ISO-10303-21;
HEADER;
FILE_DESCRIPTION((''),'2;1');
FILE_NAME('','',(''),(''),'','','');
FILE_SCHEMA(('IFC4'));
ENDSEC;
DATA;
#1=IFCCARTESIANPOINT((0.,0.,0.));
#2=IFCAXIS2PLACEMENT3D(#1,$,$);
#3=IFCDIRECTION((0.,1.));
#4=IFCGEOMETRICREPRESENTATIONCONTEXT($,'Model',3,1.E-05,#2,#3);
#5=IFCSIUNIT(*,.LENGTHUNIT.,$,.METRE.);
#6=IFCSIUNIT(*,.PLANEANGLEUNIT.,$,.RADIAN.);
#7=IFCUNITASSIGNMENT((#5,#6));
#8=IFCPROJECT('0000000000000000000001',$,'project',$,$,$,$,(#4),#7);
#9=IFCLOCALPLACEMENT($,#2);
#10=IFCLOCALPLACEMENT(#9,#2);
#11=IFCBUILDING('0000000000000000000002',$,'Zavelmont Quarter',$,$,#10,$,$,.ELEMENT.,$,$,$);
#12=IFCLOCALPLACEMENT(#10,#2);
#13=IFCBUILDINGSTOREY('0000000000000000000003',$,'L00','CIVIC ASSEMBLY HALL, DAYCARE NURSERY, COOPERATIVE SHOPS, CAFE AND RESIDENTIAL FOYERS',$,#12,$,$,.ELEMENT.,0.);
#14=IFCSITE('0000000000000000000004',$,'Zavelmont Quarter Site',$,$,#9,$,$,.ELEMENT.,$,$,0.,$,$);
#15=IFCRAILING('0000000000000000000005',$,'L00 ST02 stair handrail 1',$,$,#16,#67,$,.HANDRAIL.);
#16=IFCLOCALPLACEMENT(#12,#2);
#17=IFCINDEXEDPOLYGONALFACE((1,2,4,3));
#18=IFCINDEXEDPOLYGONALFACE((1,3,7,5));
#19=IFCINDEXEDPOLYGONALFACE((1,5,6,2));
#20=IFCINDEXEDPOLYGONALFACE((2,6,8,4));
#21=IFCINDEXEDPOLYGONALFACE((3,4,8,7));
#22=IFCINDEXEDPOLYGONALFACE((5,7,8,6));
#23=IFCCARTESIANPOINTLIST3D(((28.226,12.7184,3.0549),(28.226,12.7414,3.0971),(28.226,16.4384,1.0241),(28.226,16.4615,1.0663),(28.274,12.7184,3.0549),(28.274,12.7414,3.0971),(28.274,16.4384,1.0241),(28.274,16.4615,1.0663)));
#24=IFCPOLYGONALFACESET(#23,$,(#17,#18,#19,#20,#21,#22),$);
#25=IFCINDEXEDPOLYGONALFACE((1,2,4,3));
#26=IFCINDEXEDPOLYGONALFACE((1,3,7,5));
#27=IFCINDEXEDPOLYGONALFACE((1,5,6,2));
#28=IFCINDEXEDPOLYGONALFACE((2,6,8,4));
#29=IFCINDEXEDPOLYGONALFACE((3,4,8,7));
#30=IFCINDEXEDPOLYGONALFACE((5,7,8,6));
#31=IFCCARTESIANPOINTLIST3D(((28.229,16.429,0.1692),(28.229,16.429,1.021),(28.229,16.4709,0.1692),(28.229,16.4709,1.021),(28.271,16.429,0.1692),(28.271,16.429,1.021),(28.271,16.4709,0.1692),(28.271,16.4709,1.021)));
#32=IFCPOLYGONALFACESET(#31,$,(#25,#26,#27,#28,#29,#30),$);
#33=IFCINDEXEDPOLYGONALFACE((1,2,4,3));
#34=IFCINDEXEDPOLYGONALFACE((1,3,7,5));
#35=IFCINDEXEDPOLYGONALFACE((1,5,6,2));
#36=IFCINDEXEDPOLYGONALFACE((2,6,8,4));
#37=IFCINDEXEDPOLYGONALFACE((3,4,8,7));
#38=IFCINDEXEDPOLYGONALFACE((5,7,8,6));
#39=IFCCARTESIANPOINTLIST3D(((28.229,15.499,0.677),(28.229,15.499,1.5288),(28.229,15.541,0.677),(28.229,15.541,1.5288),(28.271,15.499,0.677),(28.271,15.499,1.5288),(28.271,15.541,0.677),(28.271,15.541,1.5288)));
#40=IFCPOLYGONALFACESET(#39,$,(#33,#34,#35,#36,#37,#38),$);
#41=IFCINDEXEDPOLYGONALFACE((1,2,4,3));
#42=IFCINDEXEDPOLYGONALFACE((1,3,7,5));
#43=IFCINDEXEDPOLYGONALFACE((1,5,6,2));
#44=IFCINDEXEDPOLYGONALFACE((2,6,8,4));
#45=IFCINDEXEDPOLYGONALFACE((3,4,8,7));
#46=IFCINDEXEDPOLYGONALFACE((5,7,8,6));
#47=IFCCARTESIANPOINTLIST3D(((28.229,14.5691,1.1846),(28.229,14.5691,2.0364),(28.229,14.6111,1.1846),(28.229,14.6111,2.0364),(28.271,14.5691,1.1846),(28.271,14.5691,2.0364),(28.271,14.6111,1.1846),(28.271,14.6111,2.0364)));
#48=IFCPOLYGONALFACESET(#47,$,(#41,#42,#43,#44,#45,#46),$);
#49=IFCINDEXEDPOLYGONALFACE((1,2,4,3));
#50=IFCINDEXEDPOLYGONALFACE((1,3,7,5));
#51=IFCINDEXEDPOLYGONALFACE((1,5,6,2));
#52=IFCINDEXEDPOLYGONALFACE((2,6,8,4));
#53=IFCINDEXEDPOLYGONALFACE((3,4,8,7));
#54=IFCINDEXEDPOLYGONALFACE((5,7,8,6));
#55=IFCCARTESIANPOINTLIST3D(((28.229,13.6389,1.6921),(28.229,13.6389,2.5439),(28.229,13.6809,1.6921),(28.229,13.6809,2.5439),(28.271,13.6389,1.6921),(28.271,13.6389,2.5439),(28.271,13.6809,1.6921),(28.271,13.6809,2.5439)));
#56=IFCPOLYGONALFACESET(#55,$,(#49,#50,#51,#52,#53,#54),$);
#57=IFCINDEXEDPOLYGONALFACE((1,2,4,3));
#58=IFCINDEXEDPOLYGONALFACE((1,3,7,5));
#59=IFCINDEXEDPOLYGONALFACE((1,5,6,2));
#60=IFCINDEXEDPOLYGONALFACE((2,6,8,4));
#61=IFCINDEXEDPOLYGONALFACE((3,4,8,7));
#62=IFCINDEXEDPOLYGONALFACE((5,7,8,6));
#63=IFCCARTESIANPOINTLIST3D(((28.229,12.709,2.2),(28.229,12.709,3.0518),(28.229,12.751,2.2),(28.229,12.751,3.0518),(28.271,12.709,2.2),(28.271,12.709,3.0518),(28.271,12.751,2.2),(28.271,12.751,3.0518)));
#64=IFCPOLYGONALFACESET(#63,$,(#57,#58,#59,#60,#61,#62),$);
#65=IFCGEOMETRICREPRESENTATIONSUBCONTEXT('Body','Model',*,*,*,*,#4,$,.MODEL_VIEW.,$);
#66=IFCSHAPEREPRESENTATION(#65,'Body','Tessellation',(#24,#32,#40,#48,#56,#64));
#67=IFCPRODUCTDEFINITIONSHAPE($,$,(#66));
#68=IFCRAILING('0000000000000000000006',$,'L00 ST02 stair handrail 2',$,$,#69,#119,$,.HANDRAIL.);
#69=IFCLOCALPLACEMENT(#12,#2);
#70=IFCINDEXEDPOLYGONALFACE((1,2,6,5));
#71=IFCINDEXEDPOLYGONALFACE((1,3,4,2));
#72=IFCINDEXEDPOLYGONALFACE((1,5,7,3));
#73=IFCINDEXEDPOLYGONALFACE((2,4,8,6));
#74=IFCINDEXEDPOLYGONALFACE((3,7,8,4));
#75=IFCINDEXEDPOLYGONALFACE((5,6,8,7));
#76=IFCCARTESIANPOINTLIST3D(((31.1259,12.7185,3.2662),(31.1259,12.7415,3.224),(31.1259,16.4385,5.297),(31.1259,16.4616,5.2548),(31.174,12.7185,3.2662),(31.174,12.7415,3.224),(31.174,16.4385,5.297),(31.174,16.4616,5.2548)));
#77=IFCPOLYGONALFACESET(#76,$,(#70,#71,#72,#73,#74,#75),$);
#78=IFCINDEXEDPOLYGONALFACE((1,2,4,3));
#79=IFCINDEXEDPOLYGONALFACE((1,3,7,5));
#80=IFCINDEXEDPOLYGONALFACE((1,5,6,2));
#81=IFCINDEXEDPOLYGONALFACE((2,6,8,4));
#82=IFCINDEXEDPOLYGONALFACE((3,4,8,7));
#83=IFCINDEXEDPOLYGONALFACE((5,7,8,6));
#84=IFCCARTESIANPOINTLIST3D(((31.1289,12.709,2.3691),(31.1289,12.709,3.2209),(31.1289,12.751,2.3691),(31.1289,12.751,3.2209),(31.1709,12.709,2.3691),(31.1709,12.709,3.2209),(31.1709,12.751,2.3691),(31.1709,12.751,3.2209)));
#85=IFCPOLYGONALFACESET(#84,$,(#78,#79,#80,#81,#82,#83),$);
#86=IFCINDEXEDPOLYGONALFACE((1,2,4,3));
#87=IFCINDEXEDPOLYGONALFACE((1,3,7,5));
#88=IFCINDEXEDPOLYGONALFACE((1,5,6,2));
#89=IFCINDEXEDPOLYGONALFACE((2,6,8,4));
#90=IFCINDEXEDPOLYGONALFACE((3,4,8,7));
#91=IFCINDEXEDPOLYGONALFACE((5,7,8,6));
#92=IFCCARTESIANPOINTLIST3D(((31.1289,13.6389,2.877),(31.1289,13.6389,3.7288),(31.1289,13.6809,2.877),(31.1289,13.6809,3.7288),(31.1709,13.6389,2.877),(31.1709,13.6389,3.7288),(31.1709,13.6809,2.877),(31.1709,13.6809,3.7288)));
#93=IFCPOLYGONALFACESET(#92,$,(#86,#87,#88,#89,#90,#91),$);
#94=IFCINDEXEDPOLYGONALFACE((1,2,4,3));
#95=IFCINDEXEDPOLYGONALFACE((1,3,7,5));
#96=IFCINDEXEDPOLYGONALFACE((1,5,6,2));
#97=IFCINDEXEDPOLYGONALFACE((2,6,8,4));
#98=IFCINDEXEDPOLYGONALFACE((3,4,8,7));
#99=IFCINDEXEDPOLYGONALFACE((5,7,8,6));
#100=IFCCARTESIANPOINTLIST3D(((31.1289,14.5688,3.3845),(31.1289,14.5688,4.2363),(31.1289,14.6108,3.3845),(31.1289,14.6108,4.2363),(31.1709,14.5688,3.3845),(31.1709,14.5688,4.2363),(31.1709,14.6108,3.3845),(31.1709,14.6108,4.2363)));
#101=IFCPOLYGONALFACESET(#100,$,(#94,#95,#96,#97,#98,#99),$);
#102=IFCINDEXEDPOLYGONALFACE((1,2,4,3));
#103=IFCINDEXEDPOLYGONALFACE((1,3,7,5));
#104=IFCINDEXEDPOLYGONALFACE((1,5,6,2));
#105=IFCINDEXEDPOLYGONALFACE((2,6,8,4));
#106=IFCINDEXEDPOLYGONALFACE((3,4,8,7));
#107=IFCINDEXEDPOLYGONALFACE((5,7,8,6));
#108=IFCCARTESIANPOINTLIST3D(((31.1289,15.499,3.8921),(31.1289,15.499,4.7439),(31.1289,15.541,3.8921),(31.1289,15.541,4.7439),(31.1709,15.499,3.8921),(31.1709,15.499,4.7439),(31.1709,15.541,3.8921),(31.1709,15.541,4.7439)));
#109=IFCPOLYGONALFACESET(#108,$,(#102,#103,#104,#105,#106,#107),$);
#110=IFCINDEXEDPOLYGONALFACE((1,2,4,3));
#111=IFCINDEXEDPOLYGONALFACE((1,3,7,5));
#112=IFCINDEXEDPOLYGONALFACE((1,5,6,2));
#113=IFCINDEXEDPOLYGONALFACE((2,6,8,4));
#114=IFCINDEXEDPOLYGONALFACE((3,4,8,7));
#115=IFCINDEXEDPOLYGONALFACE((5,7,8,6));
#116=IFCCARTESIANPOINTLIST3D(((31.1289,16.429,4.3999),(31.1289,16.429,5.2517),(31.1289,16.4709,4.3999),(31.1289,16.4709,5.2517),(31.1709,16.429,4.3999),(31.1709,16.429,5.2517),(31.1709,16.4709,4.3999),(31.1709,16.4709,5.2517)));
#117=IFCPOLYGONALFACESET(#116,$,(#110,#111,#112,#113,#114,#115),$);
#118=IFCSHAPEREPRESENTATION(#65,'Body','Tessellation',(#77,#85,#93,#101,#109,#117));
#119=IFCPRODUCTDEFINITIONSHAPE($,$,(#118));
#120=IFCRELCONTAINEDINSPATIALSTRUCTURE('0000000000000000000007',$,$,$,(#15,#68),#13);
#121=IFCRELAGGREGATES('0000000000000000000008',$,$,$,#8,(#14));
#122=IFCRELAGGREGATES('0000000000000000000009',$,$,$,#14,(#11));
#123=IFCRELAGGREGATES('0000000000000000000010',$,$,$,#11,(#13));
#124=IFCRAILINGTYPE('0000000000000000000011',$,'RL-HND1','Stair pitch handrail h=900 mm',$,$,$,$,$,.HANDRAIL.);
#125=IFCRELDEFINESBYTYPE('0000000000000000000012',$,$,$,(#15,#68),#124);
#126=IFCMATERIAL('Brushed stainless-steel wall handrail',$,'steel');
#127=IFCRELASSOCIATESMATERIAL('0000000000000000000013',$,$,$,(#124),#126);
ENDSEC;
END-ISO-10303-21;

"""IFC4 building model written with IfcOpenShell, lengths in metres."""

from ifc_helpers import new_model, si_unit, direction, frame, origin, origin_2d, place, context, subcontext, project, spatial, rectangle, extrude, material, type_object, element, save


model = new_model("IFC4")

# Units and contexts
model_context = context("Model", 3, precision=1e-05, world=origin(), true_north=direction((0.0, 1.0)))
body_context = subcontext(model_context, "Body", "Model", "MODEL_VIEW")
ifc_project = project(units=[si_unit("LENGTHUNIT", "METRE"), si_unit("PLANEANGLEUNIT", "RADIAN")], contexts=[model_context])

# Site, building, storey
site_placement = place(None, origin())
site = spatial("IfcSite", under=ifc_project, at=site_placement, Name="Zavelmont Quarter Site", CompositionType="ELEMENT", RefElevation=0.0)
building_placement = place(site_placement, origin())
building = spatial("IfcBuilding", under=site, at=building_placement, Name="Zavelmont Quarter", CompositionType="ELEMENT")
storey_placement = place(building_placement, origin())
storey = spatial("IfcBuildingStorey", under=building, at=storey_placement, Name="L00", Description="CIVIC ASSEMBLY HALL, DAYCARE NURSERY, COOPERATIVE SHOPS, CAFE AND RESIDENTIAL FOYERS", CompositionType="ELEMENT", Elevation=0.0)

# Railings
ifc_material_1 = material(Name="Brushed stainless-steel wall handrail", Category="steel")
railing_type_1 = type_object("IfcRailingType", Name="RL-HND1", Description="Stair pitch handrail h=900 mm", PredefinedType="HANDRAIL", material=ifc_material_1)
railing_1_placement = place(storey_placement, frame((28.25, 16.45, 0.1692)))
element("IfcRailing", 1, at=railing_1_placement, inside=storey, type_object=railing_type_1, Name="L00 ST02 stair handrail 1", PredefinedType="HANDRAIL", context=body_context, shape_type="SweptSolid", body=[
    extrude(rectangle(XDim=0.0481, YDim=0.0481, at=origin_2d()), frame((0.0, 0.0, 0.876), z_axis=(0.0, -0.877728, 0.479159), x_axis=(1.0, 0.0, 0.0)), (0.0, 0.0, 1.0), 4.2383),
    extrude(rectangle(XDim=0.042, YDim=0.042, at=origin_2d()), origin(), (0.0, 0.0, 1.0), 0.8518),
    extrude(rectangle(XDim=0.042, YDim=0.042, at=origin_2d()), frame((0.0, -0.9299, 0.5078)), (0.0, 0.0, 1.0), 0.8518),
    extrude(rectangle(XDim=0.042, YDim=0.042, at=origin_2d()), frame((0.0, -1.8599, 1.0154)), (0.0, 0.0, 1.0), 0.8518),
    extrude(rectangle(XDim=0.042, YDim=0.042, at=origin_2d()), frame((0.0, -2.79, 1.5229)), (0.0, 0.0, 1.0), 0.8518),
    extrude(rectangle(XDim=0.042, YDim=0.042, at=origin_2d()), frame((0.0, -3.72, 2.0308)), (0.0, 0.0, 1.0), 0.8518),
])
railing_2_placement = place(storey_placement, frame((31.1499, 12.73, 2.3691)))
element("IfcRailing", 2, at=railing_2_placement, inside=storey, type_object=railing_type_1, Name="L00 ST02 stair handrail 2", PredefinedType="HANDRAIL", context=body_context, shape_type="SweptSolid", body=[
    extrude(rectangle(XDim=0.0481, YDim=0.0481, at=origin_2d()), frame((0.0, 0.0, 0.876), z_axis=(0.0, 0.877728, 0.479159), x_axis=(-1.0, 0.0, 0.0)), (0.0, 0.0, 1.0), 4.2383),
    extrude(rectangle(XDim=0.042, YDim=0.042, at=origin_2d()), origin(), (0.0, 0.0, 1.0), 0.8518),
    extrude(rectangle(XDim=0.042, YDim=0.042, at=origin_2d()), frame((0.0, 0.9299, 0.5078)), (0.0, 0.0, 1.0), 0.8518),
    extrude(rectangle(XDim=0.042, YDim=0.042, at=origin_2d()), frame((0.0, 1.8599, 1.0154)), (0.0, 0.0, 1.0), 0.8518),
    extrude(rectangle(XDim=0.042, YDim=0.042, at=origin_2d()), frame((0.0, 2.79, 1.5229)), (0.0, 0.0, 1.0), 0.8518),
    extrude(rectangle(XDim=0.042, YDim=0.042, at=origin_2d()), frame((0.0, 3.72, 2.0308)), (0.0, 0.0, 1.0), 0.8518),
])

save(model, "model.ifc")
